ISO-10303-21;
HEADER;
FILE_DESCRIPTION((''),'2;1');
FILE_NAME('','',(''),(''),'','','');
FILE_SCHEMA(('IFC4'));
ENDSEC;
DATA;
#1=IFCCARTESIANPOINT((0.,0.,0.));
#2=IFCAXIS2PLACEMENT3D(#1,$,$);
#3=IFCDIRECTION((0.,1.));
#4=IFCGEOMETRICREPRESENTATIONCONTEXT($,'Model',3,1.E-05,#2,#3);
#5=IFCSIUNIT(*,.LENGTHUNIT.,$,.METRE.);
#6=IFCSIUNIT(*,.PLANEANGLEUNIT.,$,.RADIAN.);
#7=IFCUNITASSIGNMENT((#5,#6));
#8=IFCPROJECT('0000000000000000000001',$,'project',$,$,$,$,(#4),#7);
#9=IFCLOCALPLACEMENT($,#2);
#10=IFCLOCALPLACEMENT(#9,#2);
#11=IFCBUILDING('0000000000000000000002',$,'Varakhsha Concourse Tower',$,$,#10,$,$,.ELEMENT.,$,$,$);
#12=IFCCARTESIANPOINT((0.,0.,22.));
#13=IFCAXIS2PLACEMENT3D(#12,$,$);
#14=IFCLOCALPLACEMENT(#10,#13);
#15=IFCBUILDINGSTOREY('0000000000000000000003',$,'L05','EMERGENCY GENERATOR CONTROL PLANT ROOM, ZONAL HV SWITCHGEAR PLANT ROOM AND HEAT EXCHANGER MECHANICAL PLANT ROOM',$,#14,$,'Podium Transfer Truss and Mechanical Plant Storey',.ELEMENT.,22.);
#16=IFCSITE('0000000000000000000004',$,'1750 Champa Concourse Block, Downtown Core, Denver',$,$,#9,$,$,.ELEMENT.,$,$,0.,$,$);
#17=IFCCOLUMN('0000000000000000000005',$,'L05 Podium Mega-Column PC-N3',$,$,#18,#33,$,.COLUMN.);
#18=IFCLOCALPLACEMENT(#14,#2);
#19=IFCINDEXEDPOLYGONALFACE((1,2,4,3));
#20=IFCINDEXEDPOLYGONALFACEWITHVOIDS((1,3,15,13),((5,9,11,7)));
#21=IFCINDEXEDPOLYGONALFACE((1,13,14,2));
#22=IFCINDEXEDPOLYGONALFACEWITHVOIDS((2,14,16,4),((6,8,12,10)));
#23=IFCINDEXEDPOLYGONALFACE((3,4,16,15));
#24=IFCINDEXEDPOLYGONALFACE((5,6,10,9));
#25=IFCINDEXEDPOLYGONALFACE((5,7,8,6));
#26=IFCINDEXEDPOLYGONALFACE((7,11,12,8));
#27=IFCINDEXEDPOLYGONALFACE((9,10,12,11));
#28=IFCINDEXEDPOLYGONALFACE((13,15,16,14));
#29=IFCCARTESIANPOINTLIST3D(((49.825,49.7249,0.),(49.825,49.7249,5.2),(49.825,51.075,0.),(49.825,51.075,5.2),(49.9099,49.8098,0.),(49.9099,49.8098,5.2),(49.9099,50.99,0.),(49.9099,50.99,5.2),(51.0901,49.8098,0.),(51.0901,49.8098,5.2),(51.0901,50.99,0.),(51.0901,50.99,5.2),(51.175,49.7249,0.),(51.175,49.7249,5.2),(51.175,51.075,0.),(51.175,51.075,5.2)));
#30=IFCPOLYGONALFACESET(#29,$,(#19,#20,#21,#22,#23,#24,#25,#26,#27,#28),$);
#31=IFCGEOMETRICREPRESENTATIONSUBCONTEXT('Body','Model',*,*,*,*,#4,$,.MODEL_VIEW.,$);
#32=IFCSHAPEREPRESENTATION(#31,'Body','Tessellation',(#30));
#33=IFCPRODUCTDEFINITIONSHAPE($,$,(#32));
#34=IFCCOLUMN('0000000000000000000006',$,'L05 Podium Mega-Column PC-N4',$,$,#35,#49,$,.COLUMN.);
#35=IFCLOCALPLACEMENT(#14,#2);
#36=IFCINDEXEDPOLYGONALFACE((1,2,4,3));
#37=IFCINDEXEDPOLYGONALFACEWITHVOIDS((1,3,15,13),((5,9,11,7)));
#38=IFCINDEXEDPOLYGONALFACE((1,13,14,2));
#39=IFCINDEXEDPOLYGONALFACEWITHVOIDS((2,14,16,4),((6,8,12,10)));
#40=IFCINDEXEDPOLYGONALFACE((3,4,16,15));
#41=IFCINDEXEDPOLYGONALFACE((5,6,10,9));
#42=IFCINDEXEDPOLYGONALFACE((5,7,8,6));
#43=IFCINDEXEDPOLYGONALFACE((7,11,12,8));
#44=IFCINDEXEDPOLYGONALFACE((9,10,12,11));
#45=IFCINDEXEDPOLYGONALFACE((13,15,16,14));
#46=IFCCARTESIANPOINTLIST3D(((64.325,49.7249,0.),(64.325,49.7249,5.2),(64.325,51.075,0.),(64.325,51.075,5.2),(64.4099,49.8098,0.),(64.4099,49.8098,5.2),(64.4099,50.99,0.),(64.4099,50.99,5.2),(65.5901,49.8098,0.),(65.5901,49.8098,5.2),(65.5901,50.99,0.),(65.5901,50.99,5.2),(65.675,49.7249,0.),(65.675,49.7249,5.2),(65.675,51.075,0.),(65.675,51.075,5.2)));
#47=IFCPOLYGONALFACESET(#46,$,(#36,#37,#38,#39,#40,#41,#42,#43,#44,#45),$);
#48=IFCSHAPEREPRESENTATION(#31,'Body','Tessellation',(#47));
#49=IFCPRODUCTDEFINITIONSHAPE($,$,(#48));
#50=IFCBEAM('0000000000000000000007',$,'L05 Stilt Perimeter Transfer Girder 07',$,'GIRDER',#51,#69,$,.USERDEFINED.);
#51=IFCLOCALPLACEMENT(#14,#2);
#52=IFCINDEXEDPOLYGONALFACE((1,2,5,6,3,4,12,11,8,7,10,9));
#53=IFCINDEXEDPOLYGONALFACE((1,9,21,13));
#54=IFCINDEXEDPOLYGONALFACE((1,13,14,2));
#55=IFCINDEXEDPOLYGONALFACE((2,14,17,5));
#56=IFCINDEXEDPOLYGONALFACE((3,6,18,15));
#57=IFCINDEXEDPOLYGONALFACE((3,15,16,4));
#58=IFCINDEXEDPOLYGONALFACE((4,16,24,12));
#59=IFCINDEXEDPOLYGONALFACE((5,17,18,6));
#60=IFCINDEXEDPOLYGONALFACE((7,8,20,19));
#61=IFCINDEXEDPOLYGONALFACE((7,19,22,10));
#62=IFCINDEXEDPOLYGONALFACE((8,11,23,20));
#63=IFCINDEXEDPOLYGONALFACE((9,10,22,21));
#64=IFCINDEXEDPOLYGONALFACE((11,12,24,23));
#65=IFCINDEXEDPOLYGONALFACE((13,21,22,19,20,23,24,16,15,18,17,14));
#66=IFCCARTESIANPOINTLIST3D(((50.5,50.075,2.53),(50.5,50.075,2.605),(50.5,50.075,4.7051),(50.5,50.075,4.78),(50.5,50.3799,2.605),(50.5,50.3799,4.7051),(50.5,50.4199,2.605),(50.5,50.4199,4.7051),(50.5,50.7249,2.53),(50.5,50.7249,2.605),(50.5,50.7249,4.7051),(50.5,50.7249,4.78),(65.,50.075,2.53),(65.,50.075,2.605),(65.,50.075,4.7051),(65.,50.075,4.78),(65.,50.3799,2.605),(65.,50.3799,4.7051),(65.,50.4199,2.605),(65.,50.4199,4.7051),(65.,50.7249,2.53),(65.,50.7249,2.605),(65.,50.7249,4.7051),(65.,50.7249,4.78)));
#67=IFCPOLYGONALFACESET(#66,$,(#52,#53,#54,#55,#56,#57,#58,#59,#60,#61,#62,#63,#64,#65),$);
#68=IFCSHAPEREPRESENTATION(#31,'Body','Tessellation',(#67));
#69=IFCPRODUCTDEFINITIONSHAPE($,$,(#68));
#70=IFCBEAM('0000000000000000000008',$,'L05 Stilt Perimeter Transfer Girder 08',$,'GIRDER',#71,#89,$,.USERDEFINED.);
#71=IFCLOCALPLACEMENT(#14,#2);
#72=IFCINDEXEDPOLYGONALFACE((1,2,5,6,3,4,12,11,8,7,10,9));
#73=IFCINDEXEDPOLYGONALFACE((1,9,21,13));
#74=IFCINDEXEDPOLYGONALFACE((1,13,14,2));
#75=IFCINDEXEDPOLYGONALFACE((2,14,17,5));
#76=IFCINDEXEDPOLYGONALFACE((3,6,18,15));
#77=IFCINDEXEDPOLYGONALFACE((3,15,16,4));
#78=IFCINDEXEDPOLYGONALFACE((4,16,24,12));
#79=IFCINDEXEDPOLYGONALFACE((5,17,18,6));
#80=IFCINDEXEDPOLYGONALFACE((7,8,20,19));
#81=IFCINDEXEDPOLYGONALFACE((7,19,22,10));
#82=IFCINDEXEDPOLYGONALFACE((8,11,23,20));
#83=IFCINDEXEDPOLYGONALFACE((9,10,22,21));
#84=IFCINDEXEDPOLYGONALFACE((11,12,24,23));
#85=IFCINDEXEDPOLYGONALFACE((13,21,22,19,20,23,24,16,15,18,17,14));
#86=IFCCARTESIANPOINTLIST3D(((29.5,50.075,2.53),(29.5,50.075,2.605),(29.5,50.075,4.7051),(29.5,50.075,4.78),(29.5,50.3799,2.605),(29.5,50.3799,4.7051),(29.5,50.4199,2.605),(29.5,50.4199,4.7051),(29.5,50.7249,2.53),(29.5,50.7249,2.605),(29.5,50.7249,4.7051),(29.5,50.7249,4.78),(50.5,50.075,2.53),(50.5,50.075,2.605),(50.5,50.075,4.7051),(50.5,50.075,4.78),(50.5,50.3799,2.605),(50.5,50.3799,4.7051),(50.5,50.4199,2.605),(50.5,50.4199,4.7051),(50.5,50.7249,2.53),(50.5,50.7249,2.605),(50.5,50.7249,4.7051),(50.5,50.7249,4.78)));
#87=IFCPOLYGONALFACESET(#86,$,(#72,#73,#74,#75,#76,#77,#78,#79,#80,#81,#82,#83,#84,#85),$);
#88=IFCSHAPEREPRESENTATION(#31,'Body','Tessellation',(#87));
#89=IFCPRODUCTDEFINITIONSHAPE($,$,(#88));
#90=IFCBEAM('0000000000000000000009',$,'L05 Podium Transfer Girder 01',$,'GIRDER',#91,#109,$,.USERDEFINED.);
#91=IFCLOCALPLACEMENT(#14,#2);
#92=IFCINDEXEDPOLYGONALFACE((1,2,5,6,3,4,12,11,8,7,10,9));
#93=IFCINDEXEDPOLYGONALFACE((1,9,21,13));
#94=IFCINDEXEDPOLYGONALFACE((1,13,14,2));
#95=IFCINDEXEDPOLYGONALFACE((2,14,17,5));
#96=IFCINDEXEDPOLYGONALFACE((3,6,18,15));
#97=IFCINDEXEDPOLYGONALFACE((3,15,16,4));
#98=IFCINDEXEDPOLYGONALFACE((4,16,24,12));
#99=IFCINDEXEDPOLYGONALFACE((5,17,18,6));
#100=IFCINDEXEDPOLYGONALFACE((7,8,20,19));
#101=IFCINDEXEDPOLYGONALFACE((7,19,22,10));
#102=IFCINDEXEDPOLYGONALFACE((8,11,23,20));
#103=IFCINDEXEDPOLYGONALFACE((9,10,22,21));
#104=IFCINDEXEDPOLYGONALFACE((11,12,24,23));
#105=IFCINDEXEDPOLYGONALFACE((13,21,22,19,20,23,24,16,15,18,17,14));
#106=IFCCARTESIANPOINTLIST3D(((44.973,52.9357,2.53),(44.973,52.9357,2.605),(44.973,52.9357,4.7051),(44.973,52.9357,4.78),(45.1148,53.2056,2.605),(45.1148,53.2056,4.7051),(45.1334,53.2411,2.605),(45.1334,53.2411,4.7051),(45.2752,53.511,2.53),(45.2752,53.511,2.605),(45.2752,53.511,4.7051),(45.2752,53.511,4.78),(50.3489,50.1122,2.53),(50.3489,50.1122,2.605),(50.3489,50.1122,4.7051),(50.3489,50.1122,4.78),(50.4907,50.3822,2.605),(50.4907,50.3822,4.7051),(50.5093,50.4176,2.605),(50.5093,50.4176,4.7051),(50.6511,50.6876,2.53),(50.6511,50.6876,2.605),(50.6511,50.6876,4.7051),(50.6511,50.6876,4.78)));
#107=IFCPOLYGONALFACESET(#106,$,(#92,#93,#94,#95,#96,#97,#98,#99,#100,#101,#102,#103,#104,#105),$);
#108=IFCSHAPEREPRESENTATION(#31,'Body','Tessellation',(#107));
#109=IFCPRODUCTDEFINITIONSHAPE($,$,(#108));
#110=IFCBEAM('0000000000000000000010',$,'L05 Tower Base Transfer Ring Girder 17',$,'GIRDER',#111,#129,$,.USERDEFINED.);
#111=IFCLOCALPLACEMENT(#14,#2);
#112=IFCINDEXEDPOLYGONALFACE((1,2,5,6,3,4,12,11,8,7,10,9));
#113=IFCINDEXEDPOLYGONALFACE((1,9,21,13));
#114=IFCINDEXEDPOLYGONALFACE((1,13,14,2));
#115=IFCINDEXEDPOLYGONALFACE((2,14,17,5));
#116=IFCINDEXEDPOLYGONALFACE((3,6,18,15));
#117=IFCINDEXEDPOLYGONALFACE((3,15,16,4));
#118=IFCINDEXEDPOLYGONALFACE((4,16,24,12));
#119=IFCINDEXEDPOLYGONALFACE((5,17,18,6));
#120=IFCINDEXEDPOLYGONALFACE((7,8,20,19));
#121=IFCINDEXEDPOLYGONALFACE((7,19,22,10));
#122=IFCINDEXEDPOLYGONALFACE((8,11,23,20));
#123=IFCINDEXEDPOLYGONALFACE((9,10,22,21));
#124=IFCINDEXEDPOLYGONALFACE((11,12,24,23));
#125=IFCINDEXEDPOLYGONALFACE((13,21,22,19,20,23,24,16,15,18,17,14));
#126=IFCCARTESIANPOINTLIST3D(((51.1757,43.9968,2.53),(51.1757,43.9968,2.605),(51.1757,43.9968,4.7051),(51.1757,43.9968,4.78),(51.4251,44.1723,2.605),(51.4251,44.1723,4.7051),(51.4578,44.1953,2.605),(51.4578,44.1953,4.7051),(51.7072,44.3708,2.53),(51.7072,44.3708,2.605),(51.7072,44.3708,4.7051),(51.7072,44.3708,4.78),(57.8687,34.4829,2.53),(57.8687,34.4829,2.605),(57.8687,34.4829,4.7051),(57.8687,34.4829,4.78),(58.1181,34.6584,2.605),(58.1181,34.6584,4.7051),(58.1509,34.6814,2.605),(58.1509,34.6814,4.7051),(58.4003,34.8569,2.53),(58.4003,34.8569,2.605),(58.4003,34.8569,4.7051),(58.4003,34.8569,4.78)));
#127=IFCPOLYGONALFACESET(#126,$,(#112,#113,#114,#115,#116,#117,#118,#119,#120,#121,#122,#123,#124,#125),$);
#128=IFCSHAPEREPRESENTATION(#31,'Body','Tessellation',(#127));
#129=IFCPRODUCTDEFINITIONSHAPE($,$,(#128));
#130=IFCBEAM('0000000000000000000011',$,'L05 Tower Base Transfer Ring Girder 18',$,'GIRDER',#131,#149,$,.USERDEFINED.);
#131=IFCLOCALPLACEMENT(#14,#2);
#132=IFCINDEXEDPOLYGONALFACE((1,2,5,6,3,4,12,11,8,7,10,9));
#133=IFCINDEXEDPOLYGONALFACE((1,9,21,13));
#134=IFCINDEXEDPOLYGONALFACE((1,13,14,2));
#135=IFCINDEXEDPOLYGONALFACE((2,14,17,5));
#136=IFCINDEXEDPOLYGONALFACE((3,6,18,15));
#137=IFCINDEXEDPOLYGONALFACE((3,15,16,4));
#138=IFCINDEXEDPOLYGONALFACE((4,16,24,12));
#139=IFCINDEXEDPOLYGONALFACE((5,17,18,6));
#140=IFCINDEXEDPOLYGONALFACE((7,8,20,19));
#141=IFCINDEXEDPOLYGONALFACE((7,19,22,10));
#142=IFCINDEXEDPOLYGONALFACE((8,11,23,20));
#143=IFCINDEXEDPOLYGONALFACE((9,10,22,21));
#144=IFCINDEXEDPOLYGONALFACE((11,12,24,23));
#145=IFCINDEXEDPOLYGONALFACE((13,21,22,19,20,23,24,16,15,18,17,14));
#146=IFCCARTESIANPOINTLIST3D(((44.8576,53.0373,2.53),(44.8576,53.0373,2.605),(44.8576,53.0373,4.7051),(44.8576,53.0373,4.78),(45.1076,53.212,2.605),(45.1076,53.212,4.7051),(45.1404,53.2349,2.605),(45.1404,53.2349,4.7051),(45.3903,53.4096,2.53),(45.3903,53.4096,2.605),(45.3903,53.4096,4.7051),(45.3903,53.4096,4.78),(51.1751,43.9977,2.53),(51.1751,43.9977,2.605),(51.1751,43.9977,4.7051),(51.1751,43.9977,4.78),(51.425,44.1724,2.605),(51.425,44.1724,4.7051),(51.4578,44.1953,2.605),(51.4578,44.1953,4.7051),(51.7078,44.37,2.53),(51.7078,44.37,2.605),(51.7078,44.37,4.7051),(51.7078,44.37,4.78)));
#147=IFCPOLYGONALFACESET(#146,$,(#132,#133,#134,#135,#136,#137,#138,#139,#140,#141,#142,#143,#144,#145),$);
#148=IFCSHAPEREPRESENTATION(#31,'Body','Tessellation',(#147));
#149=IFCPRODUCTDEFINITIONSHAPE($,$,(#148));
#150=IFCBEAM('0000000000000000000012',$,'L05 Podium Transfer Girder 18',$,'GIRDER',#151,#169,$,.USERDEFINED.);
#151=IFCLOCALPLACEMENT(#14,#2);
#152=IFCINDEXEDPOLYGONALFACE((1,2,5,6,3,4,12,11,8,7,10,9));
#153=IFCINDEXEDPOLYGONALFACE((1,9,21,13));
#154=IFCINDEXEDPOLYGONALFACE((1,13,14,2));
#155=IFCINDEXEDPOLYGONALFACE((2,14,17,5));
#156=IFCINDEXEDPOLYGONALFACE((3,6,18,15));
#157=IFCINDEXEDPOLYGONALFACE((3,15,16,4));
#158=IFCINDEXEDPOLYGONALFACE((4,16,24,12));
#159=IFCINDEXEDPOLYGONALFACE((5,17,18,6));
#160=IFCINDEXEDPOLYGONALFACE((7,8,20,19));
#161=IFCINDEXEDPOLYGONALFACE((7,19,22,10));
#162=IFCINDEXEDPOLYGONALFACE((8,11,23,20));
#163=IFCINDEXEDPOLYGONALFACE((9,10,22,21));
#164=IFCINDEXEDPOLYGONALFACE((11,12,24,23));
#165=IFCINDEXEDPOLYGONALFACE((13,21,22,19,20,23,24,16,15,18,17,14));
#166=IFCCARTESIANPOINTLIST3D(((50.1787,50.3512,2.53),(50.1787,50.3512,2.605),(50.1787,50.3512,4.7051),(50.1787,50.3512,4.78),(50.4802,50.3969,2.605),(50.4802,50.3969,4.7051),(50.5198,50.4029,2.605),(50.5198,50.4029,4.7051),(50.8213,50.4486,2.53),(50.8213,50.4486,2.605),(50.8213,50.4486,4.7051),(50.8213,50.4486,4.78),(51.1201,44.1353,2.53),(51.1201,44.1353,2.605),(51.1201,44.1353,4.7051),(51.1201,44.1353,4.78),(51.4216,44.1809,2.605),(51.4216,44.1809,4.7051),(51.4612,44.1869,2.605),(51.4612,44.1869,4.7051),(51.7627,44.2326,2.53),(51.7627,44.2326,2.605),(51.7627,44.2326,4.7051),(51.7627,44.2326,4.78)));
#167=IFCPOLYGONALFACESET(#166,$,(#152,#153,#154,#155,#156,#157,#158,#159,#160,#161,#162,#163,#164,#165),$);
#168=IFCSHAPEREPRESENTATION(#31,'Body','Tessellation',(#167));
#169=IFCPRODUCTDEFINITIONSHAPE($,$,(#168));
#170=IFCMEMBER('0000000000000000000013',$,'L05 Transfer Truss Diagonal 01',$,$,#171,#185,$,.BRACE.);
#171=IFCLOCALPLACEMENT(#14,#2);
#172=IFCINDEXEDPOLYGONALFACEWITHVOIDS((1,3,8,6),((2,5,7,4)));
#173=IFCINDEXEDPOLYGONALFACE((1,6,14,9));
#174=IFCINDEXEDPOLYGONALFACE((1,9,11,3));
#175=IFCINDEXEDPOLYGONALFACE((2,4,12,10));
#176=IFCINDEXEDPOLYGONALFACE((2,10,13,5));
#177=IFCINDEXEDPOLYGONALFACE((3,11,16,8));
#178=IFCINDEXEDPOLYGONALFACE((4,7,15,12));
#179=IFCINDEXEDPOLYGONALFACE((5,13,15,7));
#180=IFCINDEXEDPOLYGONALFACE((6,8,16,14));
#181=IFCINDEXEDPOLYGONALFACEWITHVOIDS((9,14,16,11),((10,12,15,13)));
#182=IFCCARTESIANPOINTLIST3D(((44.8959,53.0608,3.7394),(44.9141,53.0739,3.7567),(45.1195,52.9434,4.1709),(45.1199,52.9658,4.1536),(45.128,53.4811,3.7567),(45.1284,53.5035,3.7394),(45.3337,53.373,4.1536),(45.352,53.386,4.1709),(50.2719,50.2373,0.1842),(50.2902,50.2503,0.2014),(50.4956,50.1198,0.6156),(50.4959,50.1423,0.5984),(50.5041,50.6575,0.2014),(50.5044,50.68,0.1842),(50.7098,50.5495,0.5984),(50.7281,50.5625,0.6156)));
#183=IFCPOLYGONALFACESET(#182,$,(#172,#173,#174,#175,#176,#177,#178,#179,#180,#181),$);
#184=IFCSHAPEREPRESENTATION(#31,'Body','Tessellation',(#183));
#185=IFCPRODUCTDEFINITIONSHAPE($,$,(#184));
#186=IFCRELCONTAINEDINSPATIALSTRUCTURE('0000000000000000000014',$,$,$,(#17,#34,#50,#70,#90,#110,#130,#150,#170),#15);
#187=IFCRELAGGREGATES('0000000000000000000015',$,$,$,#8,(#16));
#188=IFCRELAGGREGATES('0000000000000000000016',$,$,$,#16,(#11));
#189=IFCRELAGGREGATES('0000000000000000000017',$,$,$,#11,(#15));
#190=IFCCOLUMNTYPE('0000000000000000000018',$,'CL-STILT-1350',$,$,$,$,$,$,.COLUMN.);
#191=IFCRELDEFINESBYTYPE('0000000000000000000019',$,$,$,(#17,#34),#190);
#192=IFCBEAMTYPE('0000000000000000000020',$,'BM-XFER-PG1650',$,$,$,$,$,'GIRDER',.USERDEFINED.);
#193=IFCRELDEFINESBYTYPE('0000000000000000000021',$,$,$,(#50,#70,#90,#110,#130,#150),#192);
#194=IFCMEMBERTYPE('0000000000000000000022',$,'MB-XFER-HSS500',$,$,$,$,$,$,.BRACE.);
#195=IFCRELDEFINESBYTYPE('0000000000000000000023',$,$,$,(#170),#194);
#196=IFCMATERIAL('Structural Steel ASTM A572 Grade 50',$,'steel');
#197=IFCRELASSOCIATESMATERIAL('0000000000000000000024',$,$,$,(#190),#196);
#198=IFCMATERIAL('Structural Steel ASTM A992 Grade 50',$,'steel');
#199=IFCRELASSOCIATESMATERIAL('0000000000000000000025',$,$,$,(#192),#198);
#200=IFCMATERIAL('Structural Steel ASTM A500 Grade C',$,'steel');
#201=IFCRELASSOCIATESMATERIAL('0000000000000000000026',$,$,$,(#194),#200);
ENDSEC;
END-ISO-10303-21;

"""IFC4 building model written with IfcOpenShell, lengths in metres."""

from ifc_helpers import new_model, si_unit, direction, frame, origin, origin_2d, place, context, subcontext, project, spatial, hollow_rectangle, i_section, extrude, source, transform, mapped, material, material_profile, profile_set, type_object, element, save


model = new_model("IFC4")

# Units and contexts
model_context = context("Model", 3, precision=1e-05, world=origin(), true_north=direction((0.0, 1.0)))
body_context = subcontext(model_context, "Body", "Model", "MODEL_VIEW")
ifc_project = project(units=[si_unit("LENGTHUNIT", "METRE"), si_unit("PLANEANGLEUNIT", "RADIAN")], contexts=[model_context])

# Site, building, storey
site_placement = place(None, origin())
site = spatial("IfcSite", under=ifc_project, at=site_placement, Name="1750 Champa Concourse Block, Downtown Core, Denver", CompositionType="ELEMENT", RefElevation=0.0)
building_placement = place(site_placement, origin())
building = spatial("IfcBuilding", under=site, at=building_placement, Name="Varakhsha Concourse Tower", CompositionType="ELEMENT")
storey_placement = place(building_placement, frame((0.0, 0.0, 22.0)))
storey = spatial("IfcBuildingStorey", under=building, at=storey_placement, Name="L05", Description="EMERGENCY GENERATOR CONTROL PLANT ROOM, ZONAL HV SWITCHGEAR PLANT ROOM AND HEAT EXCHANGER MECHANICAL PLANT ROOM", LongName="Podium Transfer Truss and Mechanical Plant Storey", CompositionType="ELEMENT", Elevation=22.0)

# Columns
ifc_material_1 = material(Name="Structural Steel ASTM A572 Grade 50", Category="steel")
ifc_material_profile_1 = material_profile(ifc_material_1, hollow_rectangle(XDim=1.3501, YDim=1.3501, WallThickness=0.085, at=origin_2d()), Name="BOX 1350x1350x85")
ifc_profile_set_1 = profile_set([ifc_material_profile_1], Name="Structural Steel ASTM A572 Grade 50")
column_type = type_object("IfcColumnType", Name="CL-STILT-1350", PredefinedType="COLUMN", material=ifc_profile_set_1)
for number, where, z_axis, x_axis, name in (
    (1, (50.5, 50.3999, 0.0), (0.0, 0.0, 1.0), (1.0, 0.0, 0.0), "L05 Podium Mega-Column PC-N3"),
    (2, (65.0, 50.3999, 0.0), (0.0, 0.0, 1.0), (1.0, 0.0, 0.0), "L05 Podium Mega-Column PC-N4"),
):
    element("IfcColumn", number, at=place(storey_placement, frame(where, z_axis=z_axis, x_axis=x_axis)), inside=storey, type_object=column_type, Name=name, PredefinedType="COLUMN", context=body_context, shape_type="SweptSolid", body=[
        extrude(hollow_rectangle(XDim=1.3501, YDim=1.3501, WallThickness=0.085, at=origin_2d()), origin(), (0.0, 0.0, 1.0), 5.2),
    ])

# Beams
ifc_material_2 = material(Name="Structural Steel ASTM A992 Grade 50", Category="steel")
ifc_material_profile_2 = material_profile(ifc_material_2, i_section(OverallWidth=0.6499, OverallDepth=2.25, WebThickness=0.04, FlangeThickness=0.075, at=origin_2d()), Name="PG 2250x650x75x40")
ifc_profile_set_2 = profile_set([ifc_material_profile_2], Name="Structural Steel ASTM A992 Grade 50")
beam_type = type_object("IfcBeamType", Name="BM-XFER-PG1650", ElementType="GIRDER", PredefinedType="USERDEFINED", material=ifc_profile_set_2)
beam_1_placement = place(storey_placement, frame((65.0, 50.3999, 3.655), z_axis=(-1.0, 0.0, 0.0), x_axis=(0.0, -1.0, 0.0)))
element("IfcBeam", 3, at=beam_1_placement, inside=storey, type_object=beam_type, Name="L05 Stilt Perimeter Transfer Girder 07", ObjectType="GIRDER", PredefinedType="USERDEFINED", context=body_context, shape_type="SweptSolid", body=[
    extrude(i_section(OverallWidth=0.6499, OverallDepth=2.25, WebThickness=0.04, FlangeThickness=0.075, at=origin_2d()), origin(), (0.0, 0.0, 1.0), 14.5),
])
beam_2_placement = place(storey_placement, frame((50.5, 50.3999, 3.655), z_axis=(-1.0, 0.0, 0.0), x_axis=(0.0, -1.0, 0.0)))
element("IfcBeam", 4, at=beam_2_placement, inside=storey, type_object=beam_type, Name="L05 Stilt Perimeter Transfer Girder 08", ObjectType="GIRDER", PredefinedType="USERDEFINED", context=body_context, shape_type="SweptSolid", body=[
    extrude(i_section(OverallWidth=0.6499, OverallDepth=2.25, WebThickness=0.04, FlangeThickness=0.075, at=origin_2d()), origin(), (0.0, 0.0, 1.0), 21.0),
])
beam_3_placement = place(storey_placement, frame((50.5, 50.3999, 3.655), z_axis=(-0.885323, 0.464976, 0.0), x_axis=(-0.464976, -0.885323, 0.0)))
element("IfcBeam", 5, at=beam_3_placement, inside=storey, type_object=beam_type, Name="L05 Podium Transfer Girder 01", ObjectType="GIRDER", PredefinedType="USERDEFINED", context=body_context, shape_type="SweptSolid", body=[
    extrude(i_section(OverallWidth=0.6499, OverallDepth=2.25, WebThickness=0.04, FlangeThickness=0.075, at=origin_2d()), origin(), (0.0, 0.0, 1.0), 6.0723),
])
beam_4_placement = place(storey_placement, frame((58.1345, 34.6699, 3.655), z_axis=(-0.575386, 0.817882, 0.0), x_axis=(-0.817882, -0.575386, 0.0)))
element("IfcBeam", 6, at=beam_4_placement, inside=storey, type_object=beam_type, Name="L05 Tower Base Transfer Ring Girder 17", ObjectType="GIRDER", PredefinedType="USERDEFINED", context=body_context, shape_type="SweptSolid", body=[
    extrude(i_section(OverallWidth=0.6499, OverallDepth=2.25, WebThickness=0.04, FlangeThickness=0.075, at=origin_2d()), origin(), (0.0, 0.0, 1.0), 11.6323),
])
beam_5_placement = place(storey_placement, frame((51.4414, 44.1838, 3.655), z_axis=(-0.572835, 0.819671, 0.0), x_axis=(-0.819671, -0.572835, 0.0)))
element("IfcBeam", 7, at=beam_5_placement, inside=storey, type_object=beam_type, Name="L05 Tower Base Transfer Ring Girder 18", ObjectType="GIRDER", PredefinedType="USERDEFINED", context=body_context, shape_type="SweptSolid", body=[
    extrude(i_section(OverallWidth=0.6499, OverallDepth=2.25, WebThickness=0.04, FlangeThickness=0.075, at=origin_2d()), origin(), (0.0, 0.0, 1.0), 11.0283),
])
beam_6_placement = place(storey_placement, frame((50.5, 50.3999, 3.655), z_axis=(0.14974, -0.988725, 0.0), x_axis=(0.988725, 0.14974, 0.0)))
element("IfcBeam", 8, at=beam_6_placement, inside=storey, type_object=beam_type, Name="L05 Podium Transfer Girder 18", ObjectType="GIRDER", PredefinedType="USERDEFINED", context=body_context, shape_type="SweptSolid", body=[
    extrude(i_section(OverallWidth=0.6499, OverallDepth=2.25, WebThickness=0.04, FlangeThickness=0.075, at=origin_2d()), origin(), (0.0, 0.0, 1.0), 6.2869),
])

# Member
ifc_material_3 = material(Name="Structural Steel ASTM A500 Grade C", Category="steel")
ifc_material_profile_3 = material_profile(ifc_material_3, hollow_rectangle(XDim=0.5, YDim=0.5, WallThickness=0.02, at=origin_2d()), Name="HSS 500x500x20")
ifc_profile_set_3 = profile_set([ifc_material_profile_3], Name="Structural Steel ASTM A500 Grade C")
member_type_1 = type_object("IfcMemberType", Name="MB-XFER-HSS500", PredefinedType="BRACE", material=ifc_profile_set_3)
shared_shape_1 = source(origin(), body_context, "Body", "SweptSolid", [
    extrude(hollow_rectangle(XDim=0.5, YDim=0.5, WallThickness=0.02, at=origin_2d()), origin(), (0.0, 0.0, 1.0), 7.0366),
])
member_1_placement = place(storey_placement, frame((50.5, 50.3999, 0.3999), z_axis=(-0.764012, 0.401262, 0.505247), x_axis=(-0.464976, -0.885323, 0.0)))
element("IfcMember", 9, at=member_1_placement, inside=storey, type_object=member_type_1, Name="L05 Transfer Truss Diagonal 01", PredefinedType="BRACE", context=body_context, shape_type="MappedRepresentation", body=[
    mapped(shared_shape_1, transform((0.0, 0.0, 0.0), scale=1.0)),
])

save(model, "model.ifc")
